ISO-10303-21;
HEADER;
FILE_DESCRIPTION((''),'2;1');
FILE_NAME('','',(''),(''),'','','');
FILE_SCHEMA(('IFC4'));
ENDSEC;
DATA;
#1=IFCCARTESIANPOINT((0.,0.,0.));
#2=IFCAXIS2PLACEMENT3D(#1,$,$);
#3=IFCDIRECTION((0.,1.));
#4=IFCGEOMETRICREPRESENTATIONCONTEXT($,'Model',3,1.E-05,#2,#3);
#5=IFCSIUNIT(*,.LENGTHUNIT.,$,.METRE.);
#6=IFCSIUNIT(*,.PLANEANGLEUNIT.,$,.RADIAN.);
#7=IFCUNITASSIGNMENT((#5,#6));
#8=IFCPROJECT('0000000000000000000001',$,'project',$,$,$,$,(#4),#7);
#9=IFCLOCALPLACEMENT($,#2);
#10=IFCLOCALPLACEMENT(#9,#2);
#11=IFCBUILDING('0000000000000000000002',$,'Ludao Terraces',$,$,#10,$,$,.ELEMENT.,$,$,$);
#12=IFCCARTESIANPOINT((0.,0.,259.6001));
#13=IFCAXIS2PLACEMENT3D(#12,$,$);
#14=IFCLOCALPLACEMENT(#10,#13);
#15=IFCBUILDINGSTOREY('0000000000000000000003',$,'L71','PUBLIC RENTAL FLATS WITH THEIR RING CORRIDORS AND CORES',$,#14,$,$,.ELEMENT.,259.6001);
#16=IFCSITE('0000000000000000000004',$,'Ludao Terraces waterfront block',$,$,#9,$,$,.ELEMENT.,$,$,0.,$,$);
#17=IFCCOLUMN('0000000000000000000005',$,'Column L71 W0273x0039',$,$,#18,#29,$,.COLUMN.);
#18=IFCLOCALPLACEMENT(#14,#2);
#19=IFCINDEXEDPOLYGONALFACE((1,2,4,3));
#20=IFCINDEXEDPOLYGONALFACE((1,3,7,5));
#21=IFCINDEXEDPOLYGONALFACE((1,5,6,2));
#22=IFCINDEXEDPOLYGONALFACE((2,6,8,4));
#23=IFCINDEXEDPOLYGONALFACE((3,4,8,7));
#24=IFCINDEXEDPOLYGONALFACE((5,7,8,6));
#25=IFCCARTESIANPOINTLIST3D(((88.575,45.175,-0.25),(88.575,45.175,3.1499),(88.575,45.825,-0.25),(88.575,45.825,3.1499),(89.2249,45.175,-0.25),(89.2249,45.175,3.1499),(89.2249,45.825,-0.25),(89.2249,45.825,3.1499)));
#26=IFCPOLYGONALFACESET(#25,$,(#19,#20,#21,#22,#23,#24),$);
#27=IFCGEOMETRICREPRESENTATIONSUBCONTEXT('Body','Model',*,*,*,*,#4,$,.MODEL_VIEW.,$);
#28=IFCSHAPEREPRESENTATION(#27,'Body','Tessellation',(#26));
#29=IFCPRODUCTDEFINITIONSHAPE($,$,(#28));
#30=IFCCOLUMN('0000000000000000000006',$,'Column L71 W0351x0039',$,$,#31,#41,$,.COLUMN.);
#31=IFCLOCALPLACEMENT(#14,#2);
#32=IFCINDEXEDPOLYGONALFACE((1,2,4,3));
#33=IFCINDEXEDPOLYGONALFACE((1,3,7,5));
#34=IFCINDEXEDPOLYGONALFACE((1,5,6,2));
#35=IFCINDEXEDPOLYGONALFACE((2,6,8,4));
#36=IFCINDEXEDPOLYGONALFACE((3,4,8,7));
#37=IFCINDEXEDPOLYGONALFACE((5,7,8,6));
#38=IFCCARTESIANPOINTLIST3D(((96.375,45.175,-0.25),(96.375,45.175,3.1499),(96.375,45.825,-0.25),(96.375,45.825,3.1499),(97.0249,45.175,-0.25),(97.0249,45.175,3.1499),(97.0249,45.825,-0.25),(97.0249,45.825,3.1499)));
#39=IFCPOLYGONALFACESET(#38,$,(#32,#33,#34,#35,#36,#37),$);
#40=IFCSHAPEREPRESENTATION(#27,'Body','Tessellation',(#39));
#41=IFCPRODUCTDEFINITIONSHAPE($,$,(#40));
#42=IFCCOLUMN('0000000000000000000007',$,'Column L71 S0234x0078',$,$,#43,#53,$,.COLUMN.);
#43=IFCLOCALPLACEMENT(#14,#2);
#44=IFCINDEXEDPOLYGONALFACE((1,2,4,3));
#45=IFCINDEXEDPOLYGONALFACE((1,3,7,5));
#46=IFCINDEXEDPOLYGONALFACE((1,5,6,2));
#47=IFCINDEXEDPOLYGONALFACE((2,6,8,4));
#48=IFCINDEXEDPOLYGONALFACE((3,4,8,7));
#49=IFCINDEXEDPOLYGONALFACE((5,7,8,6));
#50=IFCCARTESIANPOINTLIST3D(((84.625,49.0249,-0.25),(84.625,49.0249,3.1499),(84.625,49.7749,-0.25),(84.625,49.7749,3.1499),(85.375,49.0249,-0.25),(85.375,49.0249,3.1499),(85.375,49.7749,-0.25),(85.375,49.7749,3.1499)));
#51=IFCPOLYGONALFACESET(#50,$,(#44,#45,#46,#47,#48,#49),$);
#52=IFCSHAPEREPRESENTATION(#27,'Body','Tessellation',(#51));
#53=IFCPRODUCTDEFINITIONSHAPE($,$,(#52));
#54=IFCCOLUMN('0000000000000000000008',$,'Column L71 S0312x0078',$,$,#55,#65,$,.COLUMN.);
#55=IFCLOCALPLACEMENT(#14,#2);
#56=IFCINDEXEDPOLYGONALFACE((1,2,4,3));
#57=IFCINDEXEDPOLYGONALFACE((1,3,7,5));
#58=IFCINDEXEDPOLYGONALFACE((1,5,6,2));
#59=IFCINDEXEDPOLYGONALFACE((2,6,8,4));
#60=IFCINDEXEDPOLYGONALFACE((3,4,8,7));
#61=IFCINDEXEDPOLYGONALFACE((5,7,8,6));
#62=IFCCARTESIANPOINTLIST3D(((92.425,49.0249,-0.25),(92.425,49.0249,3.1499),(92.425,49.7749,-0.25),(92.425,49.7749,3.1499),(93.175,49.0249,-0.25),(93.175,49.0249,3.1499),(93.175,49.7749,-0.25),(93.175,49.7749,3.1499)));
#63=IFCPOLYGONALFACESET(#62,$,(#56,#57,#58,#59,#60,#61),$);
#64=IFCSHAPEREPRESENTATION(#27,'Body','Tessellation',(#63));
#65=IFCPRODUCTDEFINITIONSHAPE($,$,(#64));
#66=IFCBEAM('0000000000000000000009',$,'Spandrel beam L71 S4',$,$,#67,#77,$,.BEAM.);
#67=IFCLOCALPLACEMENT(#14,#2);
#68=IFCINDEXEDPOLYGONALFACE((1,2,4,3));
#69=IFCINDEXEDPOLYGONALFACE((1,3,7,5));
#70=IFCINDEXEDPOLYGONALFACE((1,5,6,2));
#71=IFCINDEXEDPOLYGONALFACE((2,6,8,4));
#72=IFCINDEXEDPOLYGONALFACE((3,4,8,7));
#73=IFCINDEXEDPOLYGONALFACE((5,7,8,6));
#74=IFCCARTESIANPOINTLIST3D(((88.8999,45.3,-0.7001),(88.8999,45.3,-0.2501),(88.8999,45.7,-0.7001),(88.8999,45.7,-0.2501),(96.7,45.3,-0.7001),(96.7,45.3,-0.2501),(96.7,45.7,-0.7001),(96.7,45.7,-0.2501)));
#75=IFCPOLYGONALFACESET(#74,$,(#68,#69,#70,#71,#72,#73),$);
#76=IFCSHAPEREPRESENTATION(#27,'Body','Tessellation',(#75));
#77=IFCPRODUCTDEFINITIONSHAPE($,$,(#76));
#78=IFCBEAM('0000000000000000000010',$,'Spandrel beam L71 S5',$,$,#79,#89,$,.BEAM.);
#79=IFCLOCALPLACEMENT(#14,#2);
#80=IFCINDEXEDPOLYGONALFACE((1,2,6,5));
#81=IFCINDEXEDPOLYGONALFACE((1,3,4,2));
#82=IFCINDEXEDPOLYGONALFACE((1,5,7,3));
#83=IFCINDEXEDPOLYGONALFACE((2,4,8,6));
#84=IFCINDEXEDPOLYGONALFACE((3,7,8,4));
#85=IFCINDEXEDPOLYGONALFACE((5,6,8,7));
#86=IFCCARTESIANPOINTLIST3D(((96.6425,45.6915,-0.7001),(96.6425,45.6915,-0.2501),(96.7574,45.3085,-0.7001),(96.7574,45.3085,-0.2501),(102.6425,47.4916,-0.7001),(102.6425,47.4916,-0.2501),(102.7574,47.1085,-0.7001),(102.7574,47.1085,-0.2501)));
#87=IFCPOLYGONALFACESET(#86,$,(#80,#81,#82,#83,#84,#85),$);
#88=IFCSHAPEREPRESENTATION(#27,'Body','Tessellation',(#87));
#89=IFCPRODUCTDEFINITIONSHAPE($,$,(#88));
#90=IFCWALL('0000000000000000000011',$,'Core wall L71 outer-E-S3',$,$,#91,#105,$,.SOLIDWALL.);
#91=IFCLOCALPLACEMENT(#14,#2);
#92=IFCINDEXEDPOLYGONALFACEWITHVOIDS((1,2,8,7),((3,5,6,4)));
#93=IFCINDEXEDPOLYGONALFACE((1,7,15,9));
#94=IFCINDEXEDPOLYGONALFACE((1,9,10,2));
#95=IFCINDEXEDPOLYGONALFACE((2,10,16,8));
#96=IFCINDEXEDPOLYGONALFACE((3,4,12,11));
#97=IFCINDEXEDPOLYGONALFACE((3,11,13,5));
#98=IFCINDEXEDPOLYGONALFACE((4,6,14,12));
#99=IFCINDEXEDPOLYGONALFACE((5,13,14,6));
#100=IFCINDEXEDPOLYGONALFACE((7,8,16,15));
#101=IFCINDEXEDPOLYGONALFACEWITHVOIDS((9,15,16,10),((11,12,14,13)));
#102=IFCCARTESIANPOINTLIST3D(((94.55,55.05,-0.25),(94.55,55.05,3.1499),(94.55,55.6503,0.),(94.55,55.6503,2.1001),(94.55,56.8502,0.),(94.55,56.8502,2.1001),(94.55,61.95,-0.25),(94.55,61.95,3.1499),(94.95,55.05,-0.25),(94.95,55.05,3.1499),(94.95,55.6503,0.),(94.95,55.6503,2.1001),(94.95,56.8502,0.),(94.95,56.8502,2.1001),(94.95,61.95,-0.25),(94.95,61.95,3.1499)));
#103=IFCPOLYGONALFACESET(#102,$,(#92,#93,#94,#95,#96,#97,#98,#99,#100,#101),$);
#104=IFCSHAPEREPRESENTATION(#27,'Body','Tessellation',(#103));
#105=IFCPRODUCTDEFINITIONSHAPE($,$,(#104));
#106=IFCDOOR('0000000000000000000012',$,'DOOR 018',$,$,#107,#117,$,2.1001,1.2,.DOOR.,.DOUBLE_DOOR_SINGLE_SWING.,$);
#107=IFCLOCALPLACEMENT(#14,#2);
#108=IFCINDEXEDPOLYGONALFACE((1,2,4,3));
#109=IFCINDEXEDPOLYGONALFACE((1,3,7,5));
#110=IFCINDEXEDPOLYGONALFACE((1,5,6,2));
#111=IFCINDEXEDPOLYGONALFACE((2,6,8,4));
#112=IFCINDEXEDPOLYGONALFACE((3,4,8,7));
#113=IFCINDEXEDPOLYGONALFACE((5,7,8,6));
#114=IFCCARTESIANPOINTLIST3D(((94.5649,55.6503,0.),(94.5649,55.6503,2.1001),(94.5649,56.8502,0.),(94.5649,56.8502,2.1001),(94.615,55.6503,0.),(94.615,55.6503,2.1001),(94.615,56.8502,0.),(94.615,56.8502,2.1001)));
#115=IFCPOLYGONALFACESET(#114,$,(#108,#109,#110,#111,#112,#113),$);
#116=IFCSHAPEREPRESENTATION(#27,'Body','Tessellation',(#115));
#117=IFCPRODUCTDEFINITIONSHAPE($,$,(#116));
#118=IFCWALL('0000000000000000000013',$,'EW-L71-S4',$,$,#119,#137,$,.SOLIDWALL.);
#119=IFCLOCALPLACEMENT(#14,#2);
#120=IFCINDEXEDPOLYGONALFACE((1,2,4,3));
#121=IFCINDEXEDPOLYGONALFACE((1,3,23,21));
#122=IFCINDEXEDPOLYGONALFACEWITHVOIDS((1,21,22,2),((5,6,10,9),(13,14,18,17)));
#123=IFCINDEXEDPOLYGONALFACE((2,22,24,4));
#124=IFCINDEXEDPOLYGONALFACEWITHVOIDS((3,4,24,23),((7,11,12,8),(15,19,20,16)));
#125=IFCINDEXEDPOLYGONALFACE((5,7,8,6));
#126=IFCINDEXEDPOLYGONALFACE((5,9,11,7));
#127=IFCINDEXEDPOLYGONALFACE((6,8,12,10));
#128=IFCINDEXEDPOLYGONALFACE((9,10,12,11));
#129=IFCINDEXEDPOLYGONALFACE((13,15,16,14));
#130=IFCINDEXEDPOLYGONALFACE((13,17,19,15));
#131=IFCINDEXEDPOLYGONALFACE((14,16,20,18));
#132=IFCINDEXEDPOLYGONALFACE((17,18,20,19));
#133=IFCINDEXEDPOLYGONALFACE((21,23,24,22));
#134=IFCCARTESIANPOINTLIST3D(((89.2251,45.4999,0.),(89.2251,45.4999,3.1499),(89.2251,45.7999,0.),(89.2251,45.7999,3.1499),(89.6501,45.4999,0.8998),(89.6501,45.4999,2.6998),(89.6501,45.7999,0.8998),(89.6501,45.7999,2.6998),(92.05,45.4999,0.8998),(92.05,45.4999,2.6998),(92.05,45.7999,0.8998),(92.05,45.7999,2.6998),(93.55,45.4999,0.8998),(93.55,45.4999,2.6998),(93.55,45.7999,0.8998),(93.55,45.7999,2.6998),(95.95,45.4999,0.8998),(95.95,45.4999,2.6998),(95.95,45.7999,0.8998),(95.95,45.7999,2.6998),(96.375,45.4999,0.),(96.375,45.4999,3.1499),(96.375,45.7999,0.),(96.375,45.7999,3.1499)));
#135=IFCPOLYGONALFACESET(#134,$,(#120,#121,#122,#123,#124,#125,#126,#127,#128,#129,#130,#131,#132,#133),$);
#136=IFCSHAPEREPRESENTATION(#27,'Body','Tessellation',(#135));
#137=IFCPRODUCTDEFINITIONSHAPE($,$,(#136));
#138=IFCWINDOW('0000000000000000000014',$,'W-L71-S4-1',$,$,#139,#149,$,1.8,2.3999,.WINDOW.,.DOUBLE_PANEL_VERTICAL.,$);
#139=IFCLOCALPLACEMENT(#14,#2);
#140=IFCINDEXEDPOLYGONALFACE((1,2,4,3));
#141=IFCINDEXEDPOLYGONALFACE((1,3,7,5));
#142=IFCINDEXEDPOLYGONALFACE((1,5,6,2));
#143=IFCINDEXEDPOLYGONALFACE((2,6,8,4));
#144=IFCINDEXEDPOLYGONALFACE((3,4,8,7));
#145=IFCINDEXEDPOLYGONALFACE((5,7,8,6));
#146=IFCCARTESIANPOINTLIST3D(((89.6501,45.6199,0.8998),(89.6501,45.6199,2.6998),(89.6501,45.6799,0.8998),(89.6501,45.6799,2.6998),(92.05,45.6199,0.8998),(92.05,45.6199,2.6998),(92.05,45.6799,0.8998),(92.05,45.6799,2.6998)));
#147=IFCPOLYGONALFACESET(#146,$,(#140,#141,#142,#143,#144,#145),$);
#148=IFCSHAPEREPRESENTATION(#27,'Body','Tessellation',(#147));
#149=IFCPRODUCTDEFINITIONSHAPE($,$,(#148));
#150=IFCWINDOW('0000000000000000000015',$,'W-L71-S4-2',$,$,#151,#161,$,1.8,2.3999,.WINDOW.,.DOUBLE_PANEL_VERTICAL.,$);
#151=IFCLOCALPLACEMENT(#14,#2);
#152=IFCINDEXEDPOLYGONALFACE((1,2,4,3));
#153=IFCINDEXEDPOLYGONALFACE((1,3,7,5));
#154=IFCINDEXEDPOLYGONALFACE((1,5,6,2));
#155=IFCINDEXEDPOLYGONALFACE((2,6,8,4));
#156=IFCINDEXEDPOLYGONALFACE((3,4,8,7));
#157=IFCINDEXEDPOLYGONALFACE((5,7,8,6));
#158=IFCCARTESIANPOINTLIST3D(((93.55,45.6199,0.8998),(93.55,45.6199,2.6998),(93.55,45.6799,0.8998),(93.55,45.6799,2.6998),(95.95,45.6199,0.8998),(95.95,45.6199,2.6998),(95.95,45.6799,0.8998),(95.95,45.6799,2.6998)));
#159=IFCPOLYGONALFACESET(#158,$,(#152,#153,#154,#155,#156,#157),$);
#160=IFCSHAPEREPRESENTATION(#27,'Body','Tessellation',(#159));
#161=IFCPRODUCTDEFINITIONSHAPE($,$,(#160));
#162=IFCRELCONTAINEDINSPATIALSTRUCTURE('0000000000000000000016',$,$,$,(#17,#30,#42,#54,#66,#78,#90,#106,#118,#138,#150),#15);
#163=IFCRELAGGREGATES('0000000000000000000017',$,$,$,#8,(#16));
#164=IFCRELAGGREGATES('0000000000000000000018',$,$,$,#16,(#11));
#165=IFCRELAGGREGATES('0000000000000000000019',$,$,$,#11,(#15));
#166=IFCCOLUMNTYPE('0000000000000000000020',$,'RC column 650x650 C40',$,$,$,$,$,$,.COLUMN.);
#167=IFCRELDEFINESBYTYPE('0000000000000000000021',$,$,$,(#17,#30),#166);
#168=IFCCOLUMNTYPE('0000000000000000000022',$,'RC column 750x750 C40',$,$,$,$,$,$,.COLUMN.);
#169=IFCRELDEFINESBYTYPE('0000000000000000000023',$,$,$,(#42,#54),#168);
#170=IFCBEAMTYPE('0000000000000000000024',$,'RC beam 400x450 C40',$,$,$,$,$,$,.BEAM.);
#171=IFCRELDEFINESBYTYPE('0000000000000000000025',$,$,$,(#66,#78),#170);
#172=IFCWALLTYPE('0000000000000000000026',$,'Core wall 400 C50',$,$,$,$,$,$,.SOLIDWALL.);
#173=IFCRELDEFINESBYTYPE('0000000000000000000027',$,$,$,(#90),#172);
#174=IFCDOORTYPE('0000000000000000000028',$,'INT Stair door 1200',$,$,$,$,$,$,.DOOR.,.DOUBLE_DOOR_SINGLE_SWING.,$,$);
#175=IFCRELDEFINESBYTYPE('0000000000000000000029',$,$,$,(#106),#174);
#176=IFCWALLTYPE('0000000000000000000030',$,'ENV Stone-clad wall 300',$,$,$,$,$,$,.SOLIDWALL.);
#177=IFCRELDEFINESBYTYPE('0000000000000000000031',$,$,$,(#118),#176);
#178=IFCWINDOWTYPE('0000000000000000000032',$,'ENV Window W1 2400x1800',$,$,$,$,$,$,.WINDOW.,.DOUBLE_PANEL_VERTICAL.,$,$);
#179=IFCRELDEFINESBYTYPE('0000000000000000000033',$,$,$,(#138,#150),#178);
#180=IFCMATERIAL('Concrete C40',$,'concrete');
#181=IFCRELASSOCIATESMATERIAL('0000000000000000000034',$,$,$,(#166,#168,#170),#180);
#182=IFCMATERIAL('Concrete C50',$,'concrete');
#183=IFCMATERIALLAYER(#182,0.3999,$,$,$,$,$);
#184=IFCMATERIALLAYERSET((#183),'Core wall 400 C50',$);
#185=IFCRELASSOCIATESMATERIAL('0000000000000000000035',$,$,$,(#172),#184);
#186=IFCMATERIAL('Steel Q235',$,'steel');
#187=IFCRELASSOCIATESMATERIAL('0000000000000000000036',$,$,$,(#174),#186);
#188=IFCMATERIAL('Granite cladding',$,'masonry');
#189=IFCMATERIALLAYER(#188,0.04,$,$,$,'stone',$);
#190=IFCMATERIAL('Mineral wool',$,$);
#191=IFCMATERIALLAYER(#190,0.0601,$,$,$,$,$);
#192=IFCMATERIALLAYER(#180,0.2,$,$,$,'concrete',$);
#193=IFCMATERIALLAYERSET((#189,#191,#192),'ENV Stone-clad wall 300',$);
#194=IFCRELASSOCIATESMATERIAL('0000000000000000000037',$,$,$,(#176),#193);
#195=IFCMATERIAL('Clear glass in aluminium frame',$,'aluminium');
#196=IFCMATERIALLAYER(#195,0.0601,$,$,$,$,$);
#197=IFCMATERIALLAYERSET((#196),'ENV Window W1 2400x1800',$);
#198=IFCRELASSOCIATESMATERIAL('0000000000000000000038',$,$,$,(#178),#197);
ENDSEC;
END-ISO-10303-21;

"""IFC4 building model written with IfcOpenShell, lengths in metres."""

from ifc_helpers import new_model, si_unit, direction, frame, frame_2d, origin, origin_2d, place, context, subcontext, project, spatial, rectangle, extrude, material, layer, layer_set, material_profile, profile_set, type_object, element, fill, save


model = new_model("IFC4")

# Units and contexts
model_context = context("Model", 3, precision=1e-05, world=origin(), true_north=direction((0.0, 1.0)))
body_context = subcontext(model_context, "Body", "Model", "MODEL_VIEW")
ifc_project = project(units=[si_unit("LENGTHUNIT", "METRE"), si_unit("PLANEANGLEUNIT", "RADIAN")], contexts=[model_context])

# Site, building, storey
site_placement = place(None, origin())
site = spatial("IfcSite", under=ifc_project, at=site_placement, Name="Ludao Terraces waterfront block", CompositionType="ELEMENT", RefElevation=0.0)
building_placement = place(site_placement, origin())
building = spatial("IfcBuilding", under=site, at=building_placement, Name="Ludao Terraces", CompositionType="ELEMENT")
storey_placement = place(building_placement, frame((0.0, 0.0, 259.6001)))
storey = spatial("IfcBuildingStorey", under=building, at=storey_placement, Name="L71", Description="PUBLIC RENTAL FLATS WITH THEIR RING CORRIDORS AND CORES", CompositionType="ELEMENT", Elevation=259.6001)

# Columns
ifc_material_1 = material(Name="Concrete C40", Category="concrete")
ifc_material_profile_1 = material_profile(ifc_material_1, rectangle(XDim=0.6499, YDim=0.6499, at=origin_2d()), Name="650 X 650")
ifc_profile_set_1 = profile_set([ifc_material_profile_1], Name="Concrete C40")
column_type_1 = type_object("IfcColumnType", Name="RC column 650x650 C40", PredefinedType="COLUMN", material=ifc_profile_set_1)
for number, where, z_axis, x_axis, name in (
    (1, (88.8999, 45.5, -0.25), (0.0, 0.0, 1.0), (1.0, 0.0, 0.0), "Column L71 W0273x0039"),
    (2, (96.7, 45.5, -0.25), (0.0, 0.0, 1.0), (1.0, 0.0, 0.0), "Column L71 W0351x0039"),
):
    element("IfcColumn", number, at=place(storey_placement, frame(where, z_axis=z_axis, x_axis=x_axis)), inside=storey, type_object=column_type_1, Name=name, PredefinedType="COLUMN", context=body_context, shape_type="SweptSolid", body=[
        extrude(rectangle(XDim=0.6499, YDim=0.6499, at=origin_2d()), origin(), (0.0, 0.0, 1.0), 3.3999),
    ])
ifc_material_profile_2 = material_profile(ifc_material_1, rectangle(XDim=0.75, YDim=0.75, at=origin_2d()), Name="750 X 750")
ifc_profile_set_2 = profile_set([ifc_material_profile_2], Name="Concrete C40")
column_type_2 = type_object("IfcColumnType", Name="RC column 750x750 C40", PredefinedType="COLUMN", material=ifc_profile_set_2)
for number, where, z_axis, x_axis, name in (
    (3, (85.0, 49.3999, -0.25), (0.0, 0.0, 1.0), (1.0, 0.0, 0.0), "Column L71 S0234x0078"),
    (4, (92.8, 49.3999, -0.25), (0.0, 0.0, 1.0), (1.0, 0.0, 0.0), "Column L71 S0312x0078"),
):
    element("IfcColumn", number, at=place(storey_placement, frame(where, z_axis=z_axis, x_axis=x_axis)), inside=storey, type_object=column_type_2, Name=name, PredefinedType="COLUMN", context=body_context, shape_type="SweptSolid", body=[
        extrude(rectangle(XDim=0.75, YDim=0.75, at=origin_2d()), origin(), (0.0, 0.0, 1.0), 3.3999),
    ])

# Beams
ifc_material_profile_3 = material_profile(ifc_material_1, rectangle(XDim=0.3999, YDim=0.45, at=origin_2d()), Name="400 X 450")
ifc_profile_set_3 = profile_set([ifc_material_profile_3], Name="Concrete C40")
beam_type = type_object("IfcBeamType", Name="RC beam 400x450 C40", PredefinedType="BEAM", material=ifc_profile_set_3)
beam_1_placement = place(storey_placement, frame((88.8999, 45.5, -0.4751), z_axis=(1.0, 0.0, 0.0), x_axis=(0.0, 1.0, 0.0)))
element("IfcBeam", 5, at=beam_1_placement, inside=storey, type_object=beam_type, Name="Spandrel beam L71 S4", PredefinedType="BEAM", context=body_context, shape_type="SweptSolid", body=[
    extrude(rectangle(XDim=0.3999, YDim=0.45, at=origin_2d()), origin(), (0.0, 0.0, 1.0), 7.8),
])
beam_2_placement = place(storey_placement, frame((96.7, 45.5, -0.4751), z_axis=(0.957824, 0.287355, 0.0), x_axis=(-0.287355, 0.957824, 0.0)))
element("IfcBeam", 6, at=beam_2_placement, inside=storey, type_object=beam_type, Name="Spandrel beam L71 S5", PredefinedType="BEAM", context=body_context, shape_type="SweptSolid", body=[
    extrude(rectangle(XDim=0.3999, YDim=0.45, at=origin_2d()), origin(), (0.0, 0.0, 1.0), 6.2642),
])

# Wall, opening, door
ifc_material_2 = material(Name="Concrete C50", Category="concrete")
ifc_layer_1 = layer(ifc_material_2, 0.3999)
ifc_layer_set_1 = layer_set([ifc_layer_1], Name="Core wall 400 C50")
wall_type_1 = type_object("IfcWallType", Name="Core wall 400 C50", PredefinedType="SOLIDWALL", material=ifc_layer_set_1)
wall_1_placement = place(storey_placement, frame((94.75, 55.05, -0.25), z_axis=(0.0, 0.0, 1.0), x_axis=(0.0, 1.0, 0.0)))
wall_1 = element("IfcWall", 7, at=wall_1_placement, inside=storey, type_object=wall_type_1, Name="Core wall L71 outer-E-S3", PredefinedType="SOLIDWALL", context=body_context, shape_type="SweptSolid", body=[
    extrude(rectangle(XDim=6.8999, YDim=0.3999, at=frame_2d((3.45, 0.0))), origin(), (0.0, 0.0, 1.0), 3.3999),
])
opening_1_placement = place(wall_1_placement, frame((0.6001, 0.0, 0.25)))
opening_1 = element("IfcOpeningElement", 8, at=opening_1_placement, cuts=wall_1, PredefinedType="OPENING", context=body_context, shape_type="SweptSolid", body=[
    extrude(rectangle(XDim=1.2, YDim=2.1001, at=frame_2d((0.6001, 1.05))), frame((0.0, 0.21, 0.0), z_axis=(0.0, -1.0, 0.0), x_axis=(1.0, 0.0, 0.0)), (0.0, 0.0, 1.0), 0.4199),
])
ifc_material_3 = material(Name="Steel Q235", Category="steel")
door_type_1 = type_object("IfcDoorType", Name="INT Stair door 1200", OperationType="DOUBLE_DOOR_SINGLE_SWING", PredefinedType="DOOR", material=ifc_material_3)
door_1_placement = place(opening_1_placement, origin())
door_1 = element("IfcDoor", 9, at=door_1_placement, inside=storey, type_object=door_type_1, Name="DOOR 018", OperationType="DOUBLE_DOOR_SINGLE_SWING", OverallHeight=2.1001, OverallWidth=1.2, PredefinedType="DOOR", context=body_context, shape_type="SweptSolid", body=[
    extrude(rectangle(XDim=1.2, YDim=2.1001, at=frame_2d((0.6001, 1.05))), frame((0.0, 0.1851, 0.0), z_axis=(0.0, -1.0, 0.0), x_axis=(1.0, 0.0, 0.0)), (0.0, 0.0, 1.0), 0.05),
])
fill(opening_1, door_1)

# Wall, openings, windows
ifc_material_4 = material(Name="Granite cladding", Category="masonry")
ifc_layer_2 = layer(ifc_material_4, 0.04, Category="stone")
ifc_material_5 = material(Name="Mineral wool")
ifc_layer_3 = layer(ifc_material_5, 0.0601)
ifc_layer_4 = layer(ifc_material_1, 0.2, Category="concrete")
ifc_layer_set_2 = layer_set([ifc_layer_2, ifc_layer_3, ifc_layer_4], Name="ENV Stone-clad wall 300")
wall_type_2 = type_object("IfcWallType", Name="ENV Stone-clad wall 300", PredefinedType="SOLIDWALL", material=ifc_layer_set_2)
wall_2_placement = place(storey_placement, frame((89.2251, 45.6499, 0.0), z_axis=(0.0, 0.0, 1.0), x_axis=(1.0, 0.0, 0.0)))
wall_2 = element("IfcWall", 10, at=wall_2_placement, inside=storey, type_object=wall_type_2, Name="EW-L71-S4", PredefinedType="SOLIDWALL", context=body_context, shape_type="SweptSolid", body=[
    extrude(rectangle(XDim=7.1499, YDim=0.3, at=frame_2d((3.575, 0.0))), origin(), (0.0, 0.0, 1.0), 3.1499),
])
opening_2_placement = place(wall_2_placement, frame((0.425, 0.0, 0.8999)))
opening_2 = element("IfcOpeningElement", 11, at=opening_2_placement, cuts=wall_2, PredefinedType="OPENING", context=body_context, shape_type="SweptSolid", body=[
    extrude(rectangle(XDim=2.3999, YDim=1.8, at=frame_2d((1.2, 0.8999))), frame((0.0, 0.1602, 0.0), z_axis=(0.0, -1.0, 0.0), x_axis=(1.0, 0.0, 0.0)), (0.0, 0.0, 1.0), 0.3201),
])
opening_3_placement = place(wall_2_placement, frame((4.325, 0.0, 0.8999)))
opening_3 = element("IfcOpeningElement", 12, at=opening_3_placement, cuts=wall_2, PredefinedType="OPENING", context=body_context, shape_type="SweptSolid", body=[
    extrude(rectangle(XDim=2.3999, YDim=1.8, at=frame_2d((1.2, 0.8999))), frame((0.0, 0.1602, 0.0), z_axis=(0.0, -1.0, 0.0), x_axis=(1.0, 0.0, 0.0)), (0.0, 0.0, 1.0), 0.3201),
])
ifc_material_6 = material(Name="Clear glass in aluminium frame", Category="aluminium")
ifc_layer_5 = layer(ifc_material_6, 0.0601)
ifc_layer_set_3 = layer_set([ifc_layer_5], Name="ENV Window W1 2400x1800")
window_type = type_object("IfcWindowType", Name="ENV Window W1 2400x1800", PartitioningType="DOUBLE_PANEL_VERTICAL", PredefinedType="WINDOW", material=ifc_layer_set_3)
window_1_placement = place(opening_2_placement, origin())
window_1 = element("IfcWindow", 13, at=window_1_placement, inside=storey, type_object=window_type, Name="W-L71-S4-1", OverallHeight=1.8, OverallWidth=2.3999, PartitioningType="DOUBLE_PANEL_VERTICAL", PredefinedType="WINDOW", context=body_context, shape_type="SweptSolid", body=[
    extrude(rectangle(XDim=2.3999, YDim=1.8, at=frame_2d((1.2, 0.8999))), frame((0.0, 0.03, 0.0), z_axis=(0.0, -1.0, 0.0), x_axis=(1.0, 0.0, 0.0)), (0.0, 0.0, 1.0), 0.0601),
])
fill(opening_2, window_1)
window_2_placement = place(opening_3_placement, origin())
window_2 = element("IfcWindow", 14, at=window_2_placement, inside=storey, type_object=window_type, Name="W-L71-S4-2", OverallHeight=1.8, OverallWidth=2.3999, PartitioningType="DOUBLE_PANEL_VERTICAL", PredefinedType="WINDOW", context=body_context, shape_type="SweptSolid", body=[
    extrude(rectangle(XDim=2.3999, YDim=1.8, at=frame_2d((1.2, 0.8999))), frame((0.0, 0.03, 0.0), z_axis=(0.0, -1.0, 0.0), x_axis=(1.0, 0.0, 0.0)), (0.0, 0.0, 1.0), 0.0601),
])
fill(opening_3, window_2)

save(model, "model.ifc")
